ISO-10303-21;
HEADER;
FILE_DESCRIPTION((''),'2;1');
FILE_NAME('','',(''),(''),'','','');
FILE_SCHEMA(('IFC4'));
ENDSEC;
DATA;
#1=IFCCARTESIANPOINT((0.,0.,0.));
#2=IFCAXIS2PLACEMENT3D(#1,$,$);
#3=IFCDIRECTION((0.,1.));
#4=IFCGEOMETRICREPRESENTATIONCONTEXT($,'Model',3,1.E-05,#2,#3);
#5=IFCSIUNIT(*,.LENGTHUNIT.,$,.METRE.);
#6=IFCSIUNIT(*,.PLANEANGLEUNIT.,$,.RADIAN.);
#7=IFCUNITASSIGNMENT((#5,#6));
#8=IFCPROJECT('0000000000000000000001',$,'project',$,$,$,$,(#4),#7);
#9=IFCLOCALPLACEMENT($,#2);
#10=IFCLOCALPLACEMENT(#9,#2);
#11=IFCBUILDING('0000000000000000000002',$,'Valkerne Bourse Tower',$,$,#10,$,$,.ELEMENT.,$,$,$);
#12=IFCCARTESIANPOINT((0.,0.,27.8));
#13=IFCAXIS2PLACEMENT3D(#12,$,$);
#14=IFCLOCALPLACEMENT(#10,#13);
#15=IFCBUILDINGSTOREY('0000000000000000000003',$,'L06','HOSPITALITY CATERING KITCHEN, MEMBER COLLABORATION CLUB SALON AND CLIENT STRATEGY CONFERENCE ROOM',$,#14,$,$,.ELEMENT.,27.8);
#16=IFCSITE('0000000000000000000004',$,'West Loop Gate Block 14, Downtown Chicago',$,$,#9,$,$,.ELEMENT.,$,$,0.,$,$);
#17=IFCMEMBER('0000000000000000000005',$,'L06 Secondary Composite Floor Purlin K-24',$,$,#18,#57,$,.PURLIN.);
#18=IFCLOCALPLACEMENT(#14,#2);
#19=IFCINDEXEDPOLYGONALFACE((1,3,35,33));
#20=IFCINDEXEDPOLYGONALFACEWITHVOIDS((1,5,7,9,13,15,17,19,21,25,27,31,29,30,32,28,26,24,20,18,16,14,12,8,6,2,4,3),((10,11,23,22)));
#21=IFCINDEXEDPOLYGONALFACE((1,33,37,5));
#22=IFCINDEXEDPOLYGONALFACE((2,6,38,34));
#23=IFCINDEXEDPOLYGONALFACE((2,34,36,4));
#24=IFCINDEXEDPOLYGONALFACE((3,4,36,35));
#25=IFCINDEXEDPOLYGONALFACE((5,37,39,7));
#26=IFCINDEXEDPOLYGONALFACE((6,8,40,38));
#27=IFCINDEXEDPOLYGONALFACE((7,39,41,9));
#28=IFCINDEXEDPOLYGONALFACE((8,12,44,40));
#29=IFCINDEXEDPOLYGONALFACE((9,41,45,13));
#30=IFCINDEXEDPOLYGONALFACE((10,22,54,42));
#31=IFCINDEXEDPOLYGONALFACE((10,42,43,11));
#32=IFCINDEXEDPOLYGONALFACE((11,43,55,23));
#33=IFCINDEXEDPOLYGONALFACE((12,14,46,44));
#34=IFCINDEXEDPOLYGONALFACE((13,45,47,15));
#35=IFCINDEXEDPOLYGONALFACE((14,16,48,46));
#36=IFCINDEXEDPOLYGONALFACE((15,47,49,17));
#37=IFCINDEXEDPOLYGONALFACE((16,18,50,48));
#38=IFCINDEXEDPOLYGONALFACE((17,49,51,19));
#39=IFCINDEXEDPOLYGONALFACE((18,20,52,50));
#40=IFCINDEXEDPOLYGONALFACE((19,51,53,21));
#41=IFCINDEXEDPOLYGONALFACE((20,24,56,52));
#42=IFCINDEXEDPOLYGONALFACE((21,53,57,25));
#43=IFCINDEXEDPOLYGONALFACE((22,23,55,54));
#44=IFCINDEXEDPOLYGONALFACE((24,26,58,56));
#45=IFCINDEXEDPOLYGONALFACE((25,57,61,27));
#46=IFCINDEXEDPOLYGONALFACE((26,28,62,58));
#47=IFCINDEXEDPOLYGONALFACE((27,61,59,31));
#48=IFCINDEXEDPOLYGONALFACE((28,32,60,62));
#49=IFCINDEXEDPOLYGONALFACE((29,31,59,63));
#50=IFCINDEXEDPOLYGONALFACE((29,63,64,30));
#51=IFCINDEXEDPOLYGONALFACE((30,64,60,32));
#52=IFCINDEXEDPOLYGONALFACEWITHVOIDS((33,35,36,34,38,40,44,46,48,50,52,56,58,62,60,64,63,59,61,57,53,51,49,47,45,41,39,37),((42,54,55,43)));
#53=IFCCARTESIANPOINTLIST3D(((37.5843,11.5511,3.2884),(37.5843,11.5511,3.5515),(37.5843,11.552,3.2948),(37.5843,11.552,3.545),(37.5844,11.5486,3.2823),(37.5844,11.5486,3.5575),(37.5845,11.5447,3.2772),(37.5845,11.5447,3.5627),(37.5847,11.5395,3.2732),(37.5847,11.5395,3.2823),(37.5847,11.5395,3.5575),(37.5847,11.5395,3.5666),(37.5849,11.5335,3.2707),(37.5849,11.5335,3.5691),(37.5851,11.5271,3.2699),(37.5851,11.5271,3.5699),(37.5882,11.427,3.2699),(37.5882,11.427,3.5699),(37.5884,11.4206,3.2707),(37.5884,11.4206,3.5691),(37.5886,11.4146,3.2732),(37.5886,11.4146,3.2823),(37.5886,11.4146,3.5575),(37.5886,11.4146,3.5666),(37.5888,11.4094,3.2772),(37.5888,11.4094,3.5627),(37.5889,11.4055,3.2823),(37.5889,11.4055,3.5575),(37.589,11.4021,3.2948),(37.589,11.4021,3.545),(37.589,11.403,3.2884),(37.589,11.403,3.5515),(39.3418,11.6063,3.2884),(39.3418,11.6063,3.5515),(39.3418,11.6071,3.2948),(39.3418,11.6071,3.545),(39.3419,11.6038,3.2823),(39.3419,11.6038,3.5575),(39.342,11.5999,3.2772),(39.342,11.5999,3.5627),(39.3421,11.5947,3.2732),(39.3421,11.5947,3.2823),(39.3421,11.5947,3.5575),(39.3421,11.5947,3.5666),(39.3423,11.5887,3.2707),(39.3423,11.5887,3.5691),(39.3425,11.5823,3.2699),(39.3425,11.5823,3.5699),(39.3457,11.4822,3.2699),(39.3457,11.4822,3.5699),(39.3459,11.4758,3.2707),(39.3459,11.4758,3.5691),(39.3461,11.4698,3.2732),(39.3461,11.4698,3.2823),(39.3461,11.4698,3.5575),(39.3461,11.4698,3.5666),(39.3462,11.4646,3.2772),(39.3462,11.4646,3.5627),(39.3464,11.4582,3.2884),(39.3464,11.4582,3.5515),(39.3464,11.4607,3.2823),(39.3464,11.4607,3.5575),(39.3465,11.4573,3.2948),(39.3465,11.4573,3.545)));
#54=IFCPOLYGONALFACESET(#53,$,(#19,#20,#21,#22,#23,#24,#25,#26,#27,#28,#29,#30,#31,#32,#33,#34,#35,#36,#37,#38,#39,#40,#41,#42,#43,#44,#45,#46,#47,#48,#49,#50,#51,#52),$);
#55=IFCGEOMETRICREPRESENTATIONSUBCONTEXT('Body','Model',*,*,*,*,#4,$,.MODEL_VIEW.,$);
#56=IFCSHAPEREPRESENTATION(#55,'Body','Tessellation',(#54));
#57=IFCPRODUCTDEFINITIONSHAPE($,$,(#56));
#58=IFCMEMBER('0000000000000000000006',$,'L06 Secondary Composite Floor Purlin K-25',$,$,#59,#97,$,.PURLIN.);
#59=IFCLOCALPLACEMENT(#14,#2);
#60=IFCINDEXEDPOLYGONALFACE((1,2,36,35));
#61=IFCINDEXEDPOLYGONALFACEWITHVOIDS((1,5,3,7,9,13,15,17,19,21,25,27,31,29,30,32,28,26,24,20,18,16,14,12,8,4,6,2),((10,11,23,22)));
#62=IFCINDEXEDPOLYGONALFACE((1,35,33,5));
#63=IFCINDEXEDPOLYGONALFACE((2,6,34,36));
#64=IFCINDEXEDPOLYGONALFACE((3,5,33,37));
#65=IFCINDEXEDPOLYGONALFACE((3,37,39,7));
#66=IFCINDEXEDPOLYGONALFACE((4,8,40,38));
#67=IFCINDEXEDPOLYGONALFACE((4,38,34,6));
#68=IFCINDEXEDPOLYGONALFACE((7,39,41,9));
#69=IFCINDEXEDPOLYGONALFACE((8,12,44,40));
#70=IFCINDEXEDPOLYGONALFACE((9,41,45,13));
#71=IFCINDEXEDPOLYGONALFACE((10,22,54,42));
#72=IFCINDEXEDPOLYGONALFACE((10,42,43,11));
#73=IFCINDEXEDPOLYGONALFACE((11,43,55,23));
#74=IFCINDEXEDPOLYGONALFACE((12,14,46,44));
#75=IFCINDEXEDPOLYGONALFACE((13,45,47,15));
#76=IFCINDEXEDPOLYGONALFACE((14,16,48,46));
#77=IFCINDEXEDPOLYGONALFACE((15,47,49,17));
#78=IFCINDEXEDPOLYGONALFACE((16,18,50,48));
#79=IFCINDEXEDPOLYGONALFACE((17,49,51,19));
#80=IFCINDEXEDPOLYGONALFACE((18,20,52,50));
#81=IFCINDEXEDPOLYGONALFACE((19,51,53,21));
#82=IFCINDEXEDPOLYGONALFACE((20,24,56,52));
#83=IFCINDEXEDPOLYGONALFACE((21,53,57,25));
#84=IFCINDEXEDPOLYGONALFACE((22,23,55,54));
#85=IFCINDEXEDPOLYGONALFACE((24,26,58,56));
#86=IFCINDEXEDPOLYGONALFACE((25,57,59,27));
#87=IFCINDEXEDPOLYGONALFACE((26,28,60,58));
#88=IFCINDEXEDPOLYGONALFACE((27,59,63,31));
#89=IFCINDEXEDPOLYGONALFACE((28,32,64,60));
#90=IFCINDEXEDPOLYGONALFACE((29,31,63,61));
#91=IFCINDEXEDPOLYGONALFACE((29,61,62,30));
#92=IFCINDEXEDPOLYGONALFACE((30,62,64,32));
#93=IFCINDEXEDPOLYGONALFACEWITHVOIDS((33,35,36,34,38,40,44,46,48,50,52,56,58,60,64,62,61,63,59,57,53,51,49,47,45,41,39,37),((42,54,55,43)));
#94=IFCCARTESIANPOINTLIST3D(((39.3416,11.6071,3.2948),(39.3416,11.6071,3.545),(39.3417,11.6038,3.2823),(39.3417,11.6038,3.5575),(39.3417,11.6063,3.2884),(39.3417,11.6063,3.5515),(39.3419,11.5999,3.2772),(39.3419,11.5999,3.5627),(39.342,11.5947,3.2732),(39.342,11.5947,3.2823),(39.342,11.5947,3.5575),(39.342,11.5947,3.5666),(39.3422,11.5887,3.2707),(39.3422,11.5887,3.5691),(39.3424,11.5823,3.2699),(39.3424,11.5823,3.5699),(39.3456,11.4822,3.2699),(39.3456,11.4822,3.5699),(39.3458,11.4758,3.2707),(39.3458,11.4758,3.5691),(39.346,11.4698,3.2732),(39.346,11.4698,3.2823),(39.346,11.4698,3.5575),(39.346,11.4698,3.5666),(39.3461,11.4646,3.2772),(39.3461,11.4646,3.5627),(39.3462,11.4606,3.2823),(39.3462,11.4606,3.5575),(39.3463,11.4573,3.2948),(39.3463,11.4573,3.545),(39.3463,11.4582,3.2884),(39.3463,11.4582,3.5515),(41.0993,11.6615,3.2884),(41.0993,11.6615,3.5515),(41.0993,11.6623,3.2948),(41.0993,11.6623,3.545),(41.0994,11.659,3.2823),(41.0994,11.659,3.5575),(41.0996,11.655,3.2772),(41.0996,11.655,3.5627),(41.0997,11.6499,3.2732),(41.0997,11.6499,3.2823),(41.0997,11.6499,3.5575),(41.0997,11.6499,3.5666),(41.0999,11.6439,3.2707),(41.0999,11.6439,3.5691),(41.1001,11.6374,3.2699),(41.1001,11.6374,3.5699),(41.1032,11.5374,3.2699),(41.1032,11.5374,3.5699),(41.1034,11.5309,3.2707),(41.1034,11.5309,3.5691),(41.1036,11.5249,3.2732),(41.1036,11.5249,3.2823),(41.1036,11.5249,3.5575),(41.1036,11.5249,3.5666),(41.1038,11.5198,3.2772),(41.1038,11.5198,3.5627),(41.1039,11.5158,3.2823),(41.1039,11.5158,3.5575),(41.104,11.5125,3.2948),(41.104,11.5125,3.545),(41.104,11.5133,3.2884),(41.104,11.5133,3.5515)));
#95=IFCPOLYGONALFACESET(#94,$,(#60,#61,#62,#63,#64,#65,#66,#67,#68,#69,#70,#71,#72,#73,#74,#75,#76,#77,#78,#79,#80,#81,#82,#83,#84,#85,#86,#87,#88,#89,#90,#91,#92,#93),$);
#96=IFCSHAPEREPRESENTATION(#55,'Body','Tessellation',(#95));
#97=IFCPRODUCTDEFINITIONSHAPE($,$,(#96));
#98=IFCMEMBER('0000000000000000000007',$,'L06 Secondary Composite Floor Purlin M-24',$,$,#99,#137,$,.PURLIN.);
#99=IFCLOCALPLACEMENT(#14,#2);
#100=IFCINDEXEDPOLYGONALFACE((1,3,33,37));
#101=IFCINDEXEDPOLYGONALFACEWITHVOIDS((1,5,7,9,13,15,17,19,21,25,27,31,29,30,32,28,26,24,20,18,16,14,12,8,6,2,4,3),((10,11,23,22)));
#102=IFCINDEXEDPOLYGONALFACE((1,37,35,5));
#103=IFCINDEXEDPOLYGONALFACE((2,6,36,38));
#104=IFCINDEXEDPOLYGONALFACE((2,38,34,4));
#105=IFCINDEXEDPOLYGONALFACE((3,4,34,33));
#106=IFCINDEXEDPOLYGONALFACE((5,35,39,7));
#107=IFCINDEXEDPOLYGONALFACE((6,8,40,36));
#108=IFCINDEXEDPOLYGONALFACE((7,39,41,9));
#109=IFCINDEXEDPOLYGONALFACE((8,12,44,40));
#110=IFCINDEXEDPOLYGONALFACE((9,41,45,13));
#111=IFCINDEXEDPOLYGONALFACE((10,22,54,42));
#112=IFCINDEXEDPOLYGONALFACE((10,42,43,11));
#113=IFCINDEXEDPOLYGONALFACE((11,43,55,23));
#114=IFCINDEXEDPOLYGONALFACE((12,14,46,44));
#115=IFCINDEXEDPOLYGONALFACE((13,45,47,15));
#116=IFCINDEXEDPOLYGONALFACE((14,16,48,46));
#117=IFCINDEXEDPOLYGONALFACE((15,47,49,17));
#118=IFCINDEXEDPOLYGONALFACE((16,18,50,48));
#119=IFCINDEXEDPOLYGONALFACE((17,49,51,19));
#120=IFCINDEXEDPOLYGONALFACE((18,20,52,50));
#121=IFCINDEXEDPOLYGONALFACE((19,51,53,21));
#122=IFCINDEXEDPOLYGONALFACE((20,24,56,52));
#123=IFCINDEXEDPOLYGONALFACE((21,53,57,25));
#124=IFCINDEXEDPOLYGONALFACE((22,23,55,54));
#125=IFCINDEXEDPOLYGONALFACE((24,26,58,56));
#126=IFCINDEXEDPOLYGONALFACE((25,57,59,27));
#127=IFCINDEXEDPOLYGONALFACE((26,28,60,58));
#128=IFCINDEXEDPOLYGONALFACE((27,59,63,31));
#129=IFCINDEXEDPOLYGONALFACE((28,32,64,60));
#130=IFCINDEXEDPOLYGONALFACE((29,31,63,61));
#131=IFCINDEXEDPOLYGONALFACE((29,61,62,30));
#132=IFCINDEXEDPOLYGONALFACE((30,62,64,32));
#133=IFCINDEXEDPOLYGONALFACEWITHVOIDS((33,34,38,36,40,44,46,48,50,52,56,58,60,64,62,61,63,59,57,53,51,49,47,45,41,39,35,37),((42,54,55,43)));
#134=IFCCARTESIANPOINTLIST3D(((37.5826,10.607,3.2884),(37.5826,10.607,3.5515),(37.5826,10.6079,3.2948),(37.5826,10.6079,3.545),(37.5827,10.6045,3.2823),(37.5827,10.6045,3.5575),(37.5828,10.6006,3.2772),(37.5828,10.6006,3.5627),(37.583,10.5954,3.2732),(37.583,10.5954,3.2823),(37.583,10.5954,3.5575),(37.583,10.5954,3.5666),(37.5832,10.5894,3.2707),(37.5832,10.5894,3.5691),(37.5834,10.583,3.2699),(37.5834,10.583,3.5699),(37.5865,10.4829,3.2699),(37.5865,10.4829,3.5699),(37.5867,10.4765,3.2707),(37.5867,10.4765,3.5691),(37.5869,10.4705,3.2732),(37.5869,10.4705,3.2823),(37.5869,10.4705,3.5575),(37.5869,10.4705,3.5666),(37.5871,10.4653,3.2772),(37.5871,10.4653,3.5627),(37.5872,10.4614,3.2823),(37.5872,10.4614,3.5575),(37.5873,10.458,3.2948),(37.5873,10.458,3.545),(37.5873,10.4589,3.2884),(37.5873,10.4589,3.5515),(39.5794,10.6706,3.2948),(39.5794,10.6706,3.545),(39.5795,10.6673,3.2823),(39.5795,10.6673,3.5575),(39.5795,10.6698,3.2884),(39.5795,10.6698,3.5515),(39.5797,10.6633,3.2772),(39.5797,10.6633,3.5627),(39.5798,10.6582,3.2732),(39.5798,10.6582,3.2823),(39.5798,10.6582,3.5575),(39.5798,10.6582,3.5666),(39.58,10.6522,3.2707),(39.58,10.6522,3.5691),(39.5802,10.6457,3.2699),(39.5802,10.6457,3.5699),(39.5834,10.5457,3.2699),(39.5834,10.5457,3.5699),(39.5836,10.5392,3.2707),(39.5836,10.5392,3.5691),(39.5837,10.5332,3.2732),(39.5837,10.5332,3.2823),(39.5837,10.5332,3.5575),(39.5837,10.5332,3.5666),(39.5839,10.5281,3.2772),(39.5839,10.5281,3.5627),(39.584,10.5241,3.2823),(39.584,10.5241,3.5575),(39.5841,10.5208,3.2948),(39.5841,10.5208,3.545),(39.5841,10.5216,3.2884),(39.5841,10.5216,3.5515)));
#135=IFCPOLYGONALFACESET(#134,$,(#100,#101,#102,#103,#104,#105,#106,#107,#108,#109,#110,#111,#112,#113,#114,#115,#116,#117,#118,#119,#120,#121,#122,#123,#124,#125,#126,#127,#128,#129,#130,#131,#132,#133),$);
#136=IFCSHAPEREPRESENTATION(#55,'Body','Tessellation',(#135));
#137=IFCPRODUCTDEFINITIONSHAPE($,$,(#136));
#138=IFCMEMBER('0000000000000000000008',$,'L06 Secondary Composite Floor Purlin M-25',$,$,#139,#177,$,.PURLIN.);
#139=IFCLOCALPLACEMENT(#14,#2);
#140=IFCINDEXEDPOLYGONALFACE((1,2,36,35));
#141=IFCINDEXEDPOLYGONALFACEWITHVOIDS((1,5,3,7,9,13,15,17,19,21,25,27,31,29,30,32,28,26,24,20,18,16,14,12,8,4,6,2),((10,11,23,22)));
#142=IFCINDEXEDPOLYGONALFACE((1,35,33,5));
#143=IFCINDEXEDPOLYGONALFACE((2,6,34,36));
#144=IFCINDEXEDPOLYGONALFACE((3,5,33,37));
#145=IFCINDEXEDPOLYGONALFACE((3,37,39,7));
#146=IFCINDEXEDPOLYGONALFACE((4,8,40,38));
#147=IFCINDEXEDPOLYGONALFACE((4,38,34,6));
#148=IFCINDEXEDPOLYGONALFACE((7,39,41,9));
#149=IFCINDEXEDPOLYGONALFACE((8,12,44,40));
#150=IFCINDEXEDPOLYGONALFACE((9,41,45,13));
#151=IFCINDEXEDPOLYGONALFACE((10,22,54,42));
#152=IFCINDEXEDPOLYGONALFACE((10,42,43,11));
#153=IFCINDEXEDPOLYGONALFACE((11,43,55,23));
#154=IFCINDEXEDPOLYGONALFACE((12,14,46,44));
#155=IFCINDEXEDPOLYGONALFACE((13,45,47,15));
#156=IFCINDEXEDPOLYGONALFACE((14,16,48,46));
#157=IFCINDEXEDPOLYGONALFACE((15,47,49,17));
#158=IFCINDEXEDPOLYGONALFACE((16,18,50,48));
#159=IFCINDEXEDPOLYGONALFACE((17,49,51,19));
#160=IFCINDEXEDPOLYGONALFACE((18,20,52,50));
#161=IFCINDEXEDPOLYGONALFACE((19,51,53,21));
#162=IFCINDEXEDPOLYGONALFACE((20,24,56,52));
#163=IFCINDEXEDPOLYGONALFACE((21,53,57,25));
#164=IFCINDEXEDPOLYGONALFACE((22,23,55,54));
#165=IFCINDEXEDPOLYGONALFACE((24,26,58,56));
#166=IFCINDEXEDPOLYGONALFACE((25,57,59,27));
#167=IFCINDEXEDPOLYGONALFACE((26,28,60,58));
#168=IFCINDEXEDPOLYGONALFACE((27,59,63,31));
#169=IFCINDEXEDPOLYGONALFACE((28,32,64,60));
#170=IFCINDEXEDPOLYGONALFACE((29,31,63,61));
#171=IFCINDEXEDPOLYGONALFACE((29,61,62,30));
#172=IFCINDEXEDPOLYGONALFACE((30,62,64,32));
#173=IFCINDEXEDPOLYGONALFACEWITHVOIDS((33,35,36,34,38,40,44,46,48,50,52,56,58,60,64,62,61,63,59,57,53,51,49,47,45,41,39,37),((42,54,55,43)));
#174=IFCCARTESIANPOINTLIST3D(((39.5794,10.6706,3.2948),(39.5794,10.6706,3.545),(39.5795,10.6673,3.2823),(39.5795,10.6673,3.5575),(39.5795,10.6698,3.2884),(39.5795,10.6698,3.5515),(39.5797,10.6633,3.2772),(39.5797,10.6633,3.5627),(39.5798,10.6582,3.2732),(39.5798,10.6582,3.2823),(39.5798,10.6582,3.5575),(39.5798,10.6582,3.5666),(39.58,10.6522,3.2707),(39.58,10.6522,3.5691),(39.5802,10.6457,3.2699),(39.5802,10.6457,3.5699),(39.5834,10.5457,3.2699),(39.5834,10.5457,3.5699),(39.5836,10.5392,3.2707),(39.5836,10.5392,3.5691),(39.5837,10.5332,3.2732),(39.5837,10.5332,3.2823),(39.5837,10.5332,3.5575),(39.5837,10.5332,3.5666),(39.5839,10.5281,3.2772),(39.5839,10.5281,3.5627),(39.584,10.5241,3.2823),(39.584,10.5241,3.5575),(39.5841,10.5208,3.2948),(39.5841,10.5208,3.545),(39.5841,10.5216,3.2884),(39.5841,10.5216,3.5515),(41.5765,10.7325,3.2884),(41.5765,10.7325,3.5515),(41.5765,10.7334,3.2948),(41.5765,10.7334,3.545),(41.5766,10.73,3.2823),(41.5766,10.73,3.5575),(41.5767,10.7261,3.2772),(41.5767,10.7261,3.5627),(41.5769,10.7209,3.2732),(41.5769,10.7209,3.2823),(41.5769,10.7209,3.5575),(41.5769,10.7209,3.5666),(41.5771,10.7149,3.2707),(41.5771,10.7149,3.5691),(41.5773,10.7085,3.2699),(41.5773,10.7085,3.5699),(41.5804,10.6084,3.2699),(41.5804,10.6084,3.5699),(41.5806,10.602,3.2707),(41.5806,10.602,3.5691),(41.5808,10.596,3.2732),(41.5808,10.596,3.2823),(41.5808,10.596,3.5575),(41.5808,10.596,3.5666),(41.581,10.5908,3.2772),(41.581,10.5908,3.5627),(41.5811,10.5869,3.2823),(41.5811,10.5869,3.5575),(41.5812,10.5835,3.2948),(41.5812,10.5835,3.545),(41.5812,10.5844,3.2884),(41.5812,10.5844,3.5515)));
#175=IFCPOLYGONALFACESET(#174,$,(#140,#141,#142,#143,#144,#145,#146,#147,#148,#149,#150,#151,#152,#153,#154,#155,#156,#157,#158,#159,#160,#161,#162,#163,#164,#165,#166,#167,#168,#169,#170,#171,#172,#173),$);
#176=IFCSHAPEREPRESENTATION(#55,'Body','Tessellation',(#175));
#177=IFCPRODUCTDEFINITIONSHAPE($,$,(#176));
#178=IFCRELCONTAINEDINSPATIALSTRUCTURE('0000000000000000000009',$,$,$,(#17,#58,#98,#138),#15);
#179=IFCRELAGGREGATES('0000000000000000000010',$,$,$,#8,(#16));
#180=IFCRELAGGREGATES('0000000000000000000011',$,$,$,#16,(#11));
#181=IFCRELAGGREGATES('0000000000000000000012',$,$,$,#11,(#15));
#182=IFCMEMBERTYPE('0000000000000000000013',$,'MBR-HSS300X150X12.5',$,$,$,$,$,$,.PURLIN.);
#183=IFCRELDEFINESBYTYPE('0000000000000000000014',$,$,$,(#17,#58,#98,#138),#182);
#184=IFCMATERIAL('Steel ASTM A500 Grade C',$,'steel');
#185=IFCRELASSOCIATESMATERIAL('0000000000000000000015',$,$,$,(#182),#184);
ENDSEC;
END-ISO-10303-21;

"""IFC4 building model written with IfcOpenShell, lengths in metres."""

from ifc_helpers import new_model, si_unit, direction, frame, origin, origin_2d, place, context, subcontext, project, spatial, hollow_rectangle, extrude, material, material_profile, profile_set, type_object, element, save


model = new_model("IFC4")

# Units and contexts
model_context = context("Model", 3, precision=1e-05, world=origin(), true_north=direction((0.0, 1.0)))
body_context = subcontext(model_context, "Body", "Model", "MODEL_VIEW")
ifc_project = project(units=[si_unit("LENGTHUNIT", "METRE"), si_unit("PLANEANGLEUNIT", "RADIAN")], contexts=[model_context])

# Site, building, storey
site_placement = place(None, origin())
site = spatial("IfcSite", under=ifc_project, at=site_placement, Name="West Loop Gate Block 14, Downtown Chicago", CompositionType="ELEMENT", RefElevation=0.0)
building_placement = place(site_placement, origin())
building = spatial("IfcBuilding", under=site, at=building_placement, Name="Valkerne Bourse Tower", CompositionType="ELEMENT")
storey_placement = place(building_placement, frame((0.0, 0.0, 27.8)))
storey = spatial("IfcBuildingStorey", under=building, at=storey_placement, Name="L06", Description="HOSPITALITY CATERING KITCHEN, MEMBER COLLABORATION CLUB SALON AND CLIENT STRATEGY CONFERENCE ROOM", CompositionType="ELEMENT", Elevation=27.8)

# Members
ifc_material_1 = material(Name="Steel ASTM A500 Grade C", Category="steel")
ifc_material_profile = material_profile(ifc_material_1, hollow_rectangle(XDim=0.1499, YDim=0.3, WallThickness=0.0125, OuterFilletRadius=0.0249, at=origin_2d()), Name="HSS300X150X12.5")
ifc_profile_set = profile_set([ifc_material_profile], Name="Steel ASTM A500 Grade C")
member_type = type_object("IfcMemberType", Name="MBR-HSS300X150X12.5", PredefinedType="PURLIN", material=ifc_profile_set)
member_1_placement = place(storey_placement, frame((37.5867, 11.4771, 3.4199), z_axis=(0.999507, 0.031382, 0.0), x_axis=(-0.031382, 0.999507, 0.0)))
element("IfcMember", 1, at=member_1_placement, inside=storey, type_object=member_type, Name="L06 Secondary Composite Floor Purlin K-24", PredefinedType="PURLIN", context=body_context, shape_type="SweptSolid", body=[
    extrude(hollow_rectangle(XDim=0.1499, YDim=0.3, WallThickness=0.0125, OuterFilletRadius=0.0249, at=origin_2d()), origin(), (0.0, 0.0, 1.0), 1.7583),
])
member_2_placement = place(storey_placement, frame((39.344, 11.5322, 3.4199), z_axis=(0.999508, 0.031378, 0.0), x_axis=(-0.031378, 0.999508, 0.0)))
element("IfcMember", 2, at=member_2_placement, inside=storey, type_object=member_type, Name="L06 Secondary Composite Floor Purlin K-25", PredefinedType="PURLIN", context=body_context, shape_type="SweptSolid", body=[
    extrude(hollow_rectangle(XDim=0.1499, YDim=0.3, WallThickness=0.0125, OuterFilletRadius=0.0249, at=origin_2d()), origin(), (0.0, 0.0, 1.0), 1.7585),
])
member_3_placement = place(storey_placement, frame((37.585, 10.533, 3.4199), z_axis=(0.999507, 0.031406, 0.0), x_axis=(-0.031406, 0.999507, 0.0)))
element("IfcMember", 3, at=member_3_placement, inside=storey, type_object=member_type, Name="L06 Secondary Composite Floor Purlin M-24", PredefinedType="PURLIN", context=body_context, shape_type="SweptSolid", body=[
    extrude(hollow_rectangle(XDim=0.1499, YDim=0.3, WallThickness=0.0125, OuterFilletRadius=0.0249, at=origin_2d()), origin(), (0.0, 0.0, 1.0), 1.9978),
])
member_4_placement = place(storey_placement, frame((39.5818, 10.5957, 3.4199), z_axis=(0.999507, 0.031403, 0.0), x_axis=(-0.031403, 0.999507, 0.0)))
element("IfcMember", 4, at=member_4_placement, inside=storey, type_object=member_type, Name="L06 Secondary Composite Floor Purlin M-25", PredefinedType="PURLIN", context=body_context, shape_type="SweptSolid", body=[
    extrude(hollow_rectangle(XDim=0.1499, YDim=0.3, WallThickness=0.0125, OuterFilletRadius=0.0249, at=origin_2d()), origin(), (0.0, 0.0, 1.0), 1.998),
])

save(model, "model.ifc")
